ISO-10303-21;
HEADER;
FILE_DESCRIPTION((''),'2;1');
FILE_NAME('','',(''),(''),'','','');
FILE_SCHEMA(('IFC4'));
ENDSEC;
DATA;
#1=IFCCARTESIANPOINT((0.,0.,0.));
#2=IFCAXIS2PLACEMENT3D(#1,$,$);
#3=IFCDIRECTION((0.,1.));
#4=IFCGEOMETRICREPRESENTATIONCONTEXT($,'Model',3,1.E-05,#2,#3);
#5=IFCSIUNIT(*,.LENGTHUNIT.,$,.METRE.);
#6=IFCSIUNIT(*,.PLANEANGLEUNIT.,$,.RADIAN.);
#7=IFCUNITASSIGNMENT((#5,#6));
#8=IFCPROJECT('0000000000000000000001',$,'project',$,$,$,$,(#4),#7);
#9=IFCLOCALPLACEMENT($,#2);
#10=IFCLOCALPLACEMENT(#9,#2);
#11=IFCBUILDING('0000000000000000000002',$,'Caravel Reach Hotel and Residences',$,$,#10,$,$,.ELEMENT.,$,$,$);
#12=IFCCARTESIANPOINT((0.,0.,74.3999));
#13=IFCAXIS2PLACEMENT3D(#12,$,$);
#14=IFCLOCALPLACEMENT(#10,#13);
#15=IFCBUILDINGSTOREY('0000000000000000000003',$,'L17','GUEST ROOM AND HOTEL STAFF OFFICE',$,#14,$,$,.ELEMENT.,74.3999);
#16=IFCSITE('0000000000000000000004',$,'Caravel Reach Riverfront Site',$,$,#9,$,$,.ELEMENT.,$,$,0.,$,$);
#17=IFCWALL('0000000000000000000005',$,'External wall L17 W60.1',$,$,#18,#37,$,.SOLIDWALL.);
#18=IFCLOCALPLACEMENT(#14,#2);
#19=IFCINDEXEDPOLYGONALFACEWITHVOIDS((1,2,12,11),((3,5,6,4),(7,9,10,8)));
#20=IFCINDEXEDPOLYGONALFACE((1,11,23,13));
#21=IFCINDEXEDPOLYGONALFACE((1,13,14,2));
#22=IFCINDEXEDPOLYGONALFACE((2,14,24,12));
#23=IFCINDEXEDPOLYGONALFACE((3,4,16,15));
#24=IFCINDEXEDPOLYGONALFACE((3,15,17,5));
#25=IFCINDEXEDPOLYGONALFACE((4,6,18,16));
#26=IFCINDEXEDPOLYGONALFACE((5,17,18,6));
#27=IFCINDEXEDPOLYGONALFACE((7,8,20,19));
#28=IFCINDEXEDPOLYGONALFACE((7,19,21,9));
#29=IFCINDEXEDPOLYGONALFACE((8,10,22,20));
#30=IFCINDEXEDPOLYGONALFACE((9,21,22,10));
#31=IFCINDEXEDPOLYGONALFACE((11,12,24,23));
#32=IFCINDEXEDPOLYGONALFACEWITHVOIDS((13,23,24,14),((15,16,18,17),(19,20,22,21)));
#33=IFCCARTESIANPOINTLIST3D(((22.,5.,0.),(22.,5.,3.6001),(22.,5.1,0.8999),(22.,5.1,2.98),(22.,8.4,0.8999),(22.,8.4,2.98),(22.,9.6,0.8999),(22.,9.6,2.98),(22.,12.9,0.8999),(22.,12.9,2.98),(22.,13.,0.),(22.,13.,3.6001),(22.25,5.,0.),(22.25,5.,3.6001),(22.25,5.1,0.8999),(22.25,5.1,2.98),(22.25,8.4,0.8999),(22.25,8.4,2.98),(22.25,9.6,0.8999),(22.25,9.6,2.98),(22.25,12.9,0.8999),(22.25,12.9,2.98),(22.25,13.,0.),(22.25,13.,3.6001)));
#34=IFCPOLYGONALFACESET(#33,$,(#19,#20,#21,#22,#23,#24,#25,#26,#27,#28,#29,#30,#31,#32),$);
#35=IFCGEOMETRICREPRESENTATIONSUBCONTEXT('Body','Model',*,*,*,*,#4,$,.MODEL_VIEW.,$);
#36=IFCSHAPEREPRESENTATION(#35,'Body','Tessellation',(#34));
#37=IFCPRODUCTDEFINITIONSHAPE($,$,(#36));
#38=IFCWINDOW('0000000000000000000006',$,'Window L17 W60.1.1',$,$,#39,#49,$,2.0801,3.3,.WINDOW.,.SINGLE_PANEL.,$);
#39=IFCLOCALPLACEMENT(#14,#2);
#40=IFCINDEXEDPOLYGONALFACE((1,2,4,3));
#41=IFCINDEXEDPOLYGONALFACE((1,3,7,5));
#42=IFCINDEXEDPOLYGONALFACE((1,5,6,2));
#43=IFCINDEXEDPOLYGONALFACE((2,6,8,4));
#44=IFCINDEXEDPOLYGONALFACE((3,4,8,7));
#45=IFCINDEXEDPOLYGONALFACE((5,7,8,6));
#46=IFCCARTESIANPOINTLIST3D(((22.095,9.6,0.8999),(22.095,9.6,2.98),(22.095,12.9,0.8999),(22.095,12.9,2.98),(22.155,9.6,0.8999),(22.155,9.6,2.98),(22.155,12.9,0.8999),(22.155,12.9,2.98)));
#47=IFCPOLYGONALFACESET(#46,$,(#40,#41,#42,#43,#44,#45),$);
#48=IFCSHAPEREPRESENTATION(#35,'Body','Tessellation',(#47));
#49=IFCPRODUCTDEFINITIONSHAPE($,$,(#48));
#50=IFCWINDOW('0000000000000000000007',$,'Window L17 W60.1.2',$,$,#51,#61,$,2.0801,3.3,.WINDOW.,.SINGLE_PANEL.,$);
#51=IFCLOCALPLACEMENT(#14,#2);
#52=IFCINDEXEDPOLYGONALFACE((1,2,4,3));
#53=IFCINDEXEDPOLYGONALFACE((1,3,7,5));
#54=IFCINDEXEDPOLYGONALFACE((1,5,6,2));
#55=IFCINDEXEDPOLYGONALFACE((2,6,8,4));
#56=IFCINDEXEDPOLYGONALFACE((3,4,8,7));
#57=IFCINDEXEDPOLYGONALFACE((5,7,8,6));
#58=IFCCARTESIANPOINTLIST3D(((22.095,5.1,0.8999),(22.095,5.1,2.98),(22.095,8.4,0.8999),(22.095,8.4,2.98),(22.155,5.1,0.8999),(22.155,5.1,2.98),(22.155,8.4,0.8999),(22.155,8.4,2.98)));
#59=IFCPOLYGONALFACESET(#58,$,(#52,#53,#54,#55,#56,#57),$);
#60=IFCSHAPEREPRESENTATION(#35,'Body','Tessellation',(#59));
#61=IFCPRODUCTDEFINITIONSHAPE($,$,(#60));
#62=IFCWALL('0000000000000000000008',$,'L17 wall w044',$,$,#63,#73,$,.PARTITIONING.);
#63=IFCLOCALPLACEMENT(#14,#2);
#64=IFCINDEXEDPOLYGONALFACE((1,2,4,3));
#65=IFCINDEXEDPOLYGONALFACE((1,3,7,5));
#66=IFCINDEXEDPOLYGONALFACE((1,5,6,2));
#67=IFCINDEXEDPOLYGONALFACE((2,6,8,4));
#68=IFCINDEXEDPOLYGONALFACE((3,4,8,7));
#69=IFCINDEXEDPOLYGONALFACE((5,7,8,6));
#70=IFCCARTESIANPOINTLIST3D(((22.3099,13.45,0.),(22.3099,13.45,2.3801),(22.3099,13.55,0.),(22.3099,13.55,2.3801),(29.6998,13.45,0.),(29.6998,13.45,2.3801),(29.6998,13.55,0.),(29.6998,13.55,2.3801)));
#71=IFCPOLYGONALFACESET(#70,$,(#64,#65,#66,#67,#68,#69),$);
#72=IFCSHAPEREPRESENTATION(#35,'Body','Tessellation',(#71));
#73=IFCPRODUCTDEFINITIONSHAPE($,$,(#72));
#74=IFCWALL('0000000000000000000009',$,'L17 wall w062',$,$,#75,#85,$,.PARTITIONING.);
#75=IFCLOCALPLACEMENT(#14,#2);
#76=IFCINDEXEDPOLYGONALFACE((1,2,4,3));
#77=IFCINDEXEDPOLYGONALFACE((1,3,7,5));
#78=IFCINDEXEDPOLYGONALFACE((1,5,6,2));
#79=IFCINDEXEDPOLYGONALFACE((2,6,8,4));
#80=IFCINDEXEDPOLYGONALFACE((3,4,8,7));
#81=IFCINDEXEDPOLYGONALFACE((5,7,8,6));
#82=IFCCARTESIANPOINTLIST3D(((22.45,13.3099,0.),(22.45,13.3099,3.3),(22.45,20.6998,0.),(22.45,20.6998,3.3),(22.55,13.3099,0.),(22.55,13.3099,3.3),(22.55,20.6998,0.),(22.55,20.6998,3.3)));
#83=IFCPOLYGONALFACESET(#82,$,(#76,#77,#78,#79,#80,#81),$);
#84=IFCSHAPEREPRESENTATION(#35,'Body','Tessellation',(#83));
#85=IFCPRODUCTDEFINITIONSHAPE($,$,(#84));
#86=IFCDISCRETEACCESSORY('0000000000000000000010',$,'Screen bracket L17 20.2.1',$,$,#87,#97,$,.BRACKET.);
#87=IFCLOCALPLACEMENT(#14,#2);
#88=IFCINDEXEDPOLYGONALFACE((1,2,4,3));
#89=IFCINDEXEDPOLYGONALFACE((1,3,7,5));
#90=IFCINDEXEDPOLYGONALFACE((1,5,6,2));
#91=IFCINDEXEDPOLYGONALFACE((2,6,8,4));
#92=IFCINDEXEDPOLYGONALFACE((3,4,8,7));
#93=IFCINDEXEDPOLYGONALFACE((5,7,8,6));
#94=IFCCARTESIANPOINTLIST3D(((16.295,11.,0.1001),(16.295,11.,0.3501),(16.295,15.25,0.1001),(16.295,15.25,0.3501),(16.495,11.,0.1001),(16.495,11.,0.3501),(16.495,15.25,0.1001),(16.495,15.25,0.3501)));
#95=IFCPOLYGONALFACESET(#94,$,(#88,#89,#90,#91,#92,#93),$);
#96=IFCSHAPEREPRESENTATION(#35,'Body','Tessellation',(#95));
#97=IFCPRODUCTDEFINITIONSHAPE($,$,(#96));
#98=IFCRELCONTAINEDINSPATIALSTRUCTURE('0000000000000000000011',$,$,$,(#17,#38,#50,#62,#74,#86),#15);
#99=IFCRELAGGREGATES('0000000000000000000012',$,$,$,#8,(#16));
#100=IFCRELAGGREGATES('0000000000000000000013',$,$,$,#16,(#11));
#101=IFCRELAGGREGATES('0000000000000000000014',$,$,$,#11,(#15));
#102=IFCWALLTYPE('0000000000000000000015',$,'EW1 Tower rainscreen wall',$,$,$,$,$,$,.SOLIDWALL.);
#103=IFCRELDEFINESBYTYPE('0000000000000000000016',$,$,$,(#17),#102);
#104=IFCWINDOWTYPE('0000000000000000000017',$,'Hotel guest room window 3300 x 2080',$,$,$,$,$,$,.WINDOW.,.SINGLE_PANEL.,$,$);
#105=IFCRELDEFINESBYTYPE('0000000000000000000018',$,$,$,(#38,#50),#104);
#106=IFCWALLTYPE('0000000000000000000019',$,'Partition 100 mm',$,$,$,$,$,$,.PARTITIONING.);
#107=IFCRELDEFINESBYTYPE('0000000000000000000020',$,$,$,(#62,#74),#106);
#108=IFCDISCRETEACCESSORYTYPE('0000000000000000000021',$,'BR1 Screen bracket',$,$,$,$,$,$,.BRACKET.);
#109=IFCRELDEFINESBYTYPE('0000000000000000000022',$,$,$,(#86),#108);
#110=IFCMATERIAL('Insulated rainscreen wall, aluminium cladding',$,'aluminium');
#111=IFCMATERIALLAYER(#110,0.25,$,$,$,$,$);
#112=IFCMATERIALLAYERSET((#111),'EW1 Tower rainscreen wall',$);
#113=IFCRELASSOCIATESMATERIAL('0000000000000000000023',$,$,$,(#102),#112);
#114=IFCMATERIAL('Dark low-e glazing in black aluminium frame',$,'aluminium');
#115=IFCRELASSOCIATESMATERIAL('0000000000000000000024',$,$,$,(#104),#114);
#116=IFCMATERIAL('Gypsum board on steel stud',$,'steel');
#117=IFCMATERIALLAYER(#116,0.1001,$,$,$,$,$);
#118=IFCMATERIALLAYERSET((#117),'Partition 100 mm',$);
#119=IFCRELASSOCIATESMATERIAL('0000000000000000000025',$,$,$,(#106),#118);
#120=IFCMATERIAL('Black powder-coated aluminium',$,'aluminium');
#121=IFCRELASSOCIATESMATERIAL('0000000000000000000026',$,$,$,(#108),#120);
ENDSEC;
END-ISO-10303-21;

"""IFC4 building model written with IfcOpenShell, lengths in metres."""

from ifc_helpers import new_model, si_unit, direction, frame, frame_2d, origin, origin_2d, place, context, subcontext, project, spatial, rectangle, extrude, material, layer, layer_set, type_object, element, fill, save


model = new_model("IFC4")

# Units and contexts
model_context = context("Model", 3, precision=1e-05, world=origin(), true_north=direction((0.0, 1.0)))
body_context = subcontext(model_context, "Body", "Model", "MODEL_VIEW")
ifc_project = project(units=[si_unit("LENGTHUNIT", "METRE"), si_unit("PLANEANGLEUNIT", "RADIAN")], contexts=[model_context])

# Site, building, storey
site_placement = place(None, origin())
site = spatial("IfcSite", under=ifc_project, at=site_placement, Name="Caravel Reach Riverfront Site", CompositionType="ELEMENT", RefElevation=0.0)
building_placement = place(site_placement, origin())
building = spatial("IfcBuilding", under=site, at=building_placement, Name="Caravel Reach Hotel and Residences", CompositionType="ELEMENT")
storey_placement = place(building_placement, frame((0.0, 0.0, 74.3999)))
storey = spatial("IfcBuildingStorey", under=building, at=storey_placement, Name="L17", Description="GUEST ROOM AND HOTEL STAFF OFFICE", CompositionType="ELEMENT", Elevation=74.3999)

# Shared definitions
ifc_material_1 = material(Name="Insulated rainscreen wall, aluminium cladding", Category="aluminium")
ifc_layer_1 = layer(ifc_material_1, 0.25)
ifc_layer_set_1 = layer_set([ifc_layer_1], Name="EW1 Tower rainscreen wall")
wall_type_1 = type_object("IfcWallType", Name="EW1 Tower rainscreen wall", PredefinedType="SOLIDWALL", material=ifc_layer_set_1)
ifc_material_2 = material(Name="Dark low-e glazing in black aluminium frame", Category="aluminium")
window_type_1 = type_object("IfcWindowType", Name="Hotel guest room window 3300 x 2080", PartitioningType="SINGLE_PANEL", PredefinedType="WINDOW", material=ifc_material_2)

# Wall, openings, windows
wall_1_placement = place(storey_placement, frame((22.125, 13.0, 0.0), z_axis=(0.0, 0.0, 1.0), x_axis=(0.0, -1.0, 0.0)))
wall_1 = element("IfcWall", 1, at=wall_1_placement, inside=storey, type_object=wall_type_1, Name="External wall L17 W60.1", PredefinedType="SOLIDWALL", context=body_context, shape_type="SweptSolid", body=[
    extrude(rectangle(XDim=8.0, YDim=0.25, at=frame_2d((4.0, 0.0))), origin(), (0.0, 0.0, 1.0), 3.6001),
])
opening_1_placement = place(wall_1_placement, frame((0.1001, 0.0, 0.8999)))
opening_1 = element("IfcOpeningElement", 2, at=opening_1_placement, cuts=wall_1, PredefinedType="OPENING", context=body_context, shape_type="SweptSolid", body=[
    extrude(rectangle(XDim=3.3, YDim=2.0801, at=frame_2d((1.6499, 1.04))), frame((0.0, 0.135, 0.0), z_axis=(0.0, -1.0, 0.0), x_axis=(1.0, 0.0, 0.0)), (0.0, 0.0, 1.0), 0.27),
])
opening_2_placement = place(wall_1_placement, frame((4.6001, 0.0, 0.8999)))
opening_2 = element("IfcOpeningElement", 3, at=opening_2_placement, cuts=wall_1, PredefinedType="OPENING", context=body_context, shape_type="SweptSolid", body=[
    extrude(rectangle(XDim=3.3, YDim=2.0801, at=frame_2d((1.6499, 1.04))), frame((0.0, 0.135, 0.0), z_axis=(0.0, -1.0, 0.0), x_axis=(1.0, 0.0, 0.0)), (0.0, 0.0, 1.0), 0.27),
])
window_1_placement = place(opening_1_placement, origin())
window_1 = element("IfcWindow", 4, at=window_1_placement, inside=storey, type_object=window_type_1, Name="Window L17 W60.1.1", OverallHeight=2.0801, OverallWidth=3.3, PartitioningType="SINGLE_PANEL", PredefinedType="WINDOW", context=body_context, shape_type="SweptSolid", body=[
    extrude(rectangle(XDim=3.3, YDim=2.0801, at=frame_2d((1.6499, 1.04))), frame((0.0, 0.03, 0.0), z_axis=(0.0, -1.0, 0.0), x_axis=(1.0, 0.0, 0.0)), (0.0, 0.0, 1.0), 0.0601),
])
fill(opening_1, window_1)
window_2_placement = place(opening_2_placement, origin())
window_2 = element("IfcWindow", 5, at=window_2_placement, inside=storey, type_object=window_type_1, Name="Window L17 W60.1.2", OverallHeight=2.0801, OverallWidth=3.3, PartitioningType="SINGLE_PANEL", PredefinedType="WINDOW", context=body_context, shape_type="SweptSolid", body=[
    extrude(rectangle(XDim=3.3, YDim=2.0801, at=frame_2d((1.6499, 1.04))), frame((0.0, 0.03, 0.0), z_axis=(0.0, -1.0, 0.0), x_axis=(1.0, 0.0, 0.0)), (0.0, 0.0, 1.0), 0.0601),
])
fill(opening_2, window_2)

# Walls
ifc_material_3 = material(Name="Gypsum board on steel stud", Category="steel")
ifc_layer_2 = layer(ifc_material_3, 0.1001)
ifc_layer_set_2 = layer_set([ifc_layer_2], Name="Partition 100 mm")
wall_type_2 = type_object("IfcWallType", Name="Partition 100 mm", PredefinedType="PARTITIONING", material=ifc_layer_set_2)
wall_2_placement = place(storey_placement, frame((22.3101, 13.5, 0.0), z_axis=(0.0, 0.0, 1.0), x_axis=(1.0, 0.0, 0.0)))
element("IfcWall", 6, at=wall_2_placement, inside=storey, type_object=wall_type_2, Name="L17 wall w044", PredefinedType="PARTITIONING", context=body_context, shape_type="SweptSolid", body=[
    extrude(rectangle(XDim=7.3899, YDim=0.1001, at=frame_2d((3.6948, 0.0))), origin(), (0.0, 0.0, 1.0), 2.3801),
])
wall_3_placement = place(storey_placement, frame((22.5, 13.3101, 0.0), z_axis=(0.0, 0.0, 1.0), x_axis=(0.0, 1.0, 0.0)))
element("IfcWall", 7, at=wall_3_placement, inside=storey, type_object=wall_type_2, Name="L17 wall w062", PredefinedType="PARTITIONING", context=body_context, shape_type="SweptSolid", body=[
    extrude(rectangle(XDim=7.3899, YDim=0.1001, at=frame_2d((3.6948, 0.0))), origin(), (0.0, 0.0, 1.0), 3.3),
])

# Discrete accessory
ifc_material_4 = material(Name="Black powder-coated aluminium", Category="aluminium")
discrete_accessory_type = type_object("IfcDiscreteAccessoryType", Name="BR1 Screen bracket", PredefinedType="BRACKET", material=ifc_material_4)
discrete_accessory_placement = place(storey_placement, frame((16.395, 13.125, 0.1001), z_axis=(0.0, 0.0, 1.0), x_axis=(0.0, -1.0, 0.0)))
element("IfcDiscreteAccessory", 8, at=discrete_accessory_placement, inside=storey, type_object=discrete_accessory_type, Name="Screen bracket L17 20.2.1", PredefinedType="BRACKET", context=body_context, shape_type="SweptSolid", body=[
    extrude(rectangle(XDim=4.25, YDim=0.2, at=origin_2d()), origin(), (0.0, 0.0, 1.0), 0.25),
])

save(model, "model.ifc")
